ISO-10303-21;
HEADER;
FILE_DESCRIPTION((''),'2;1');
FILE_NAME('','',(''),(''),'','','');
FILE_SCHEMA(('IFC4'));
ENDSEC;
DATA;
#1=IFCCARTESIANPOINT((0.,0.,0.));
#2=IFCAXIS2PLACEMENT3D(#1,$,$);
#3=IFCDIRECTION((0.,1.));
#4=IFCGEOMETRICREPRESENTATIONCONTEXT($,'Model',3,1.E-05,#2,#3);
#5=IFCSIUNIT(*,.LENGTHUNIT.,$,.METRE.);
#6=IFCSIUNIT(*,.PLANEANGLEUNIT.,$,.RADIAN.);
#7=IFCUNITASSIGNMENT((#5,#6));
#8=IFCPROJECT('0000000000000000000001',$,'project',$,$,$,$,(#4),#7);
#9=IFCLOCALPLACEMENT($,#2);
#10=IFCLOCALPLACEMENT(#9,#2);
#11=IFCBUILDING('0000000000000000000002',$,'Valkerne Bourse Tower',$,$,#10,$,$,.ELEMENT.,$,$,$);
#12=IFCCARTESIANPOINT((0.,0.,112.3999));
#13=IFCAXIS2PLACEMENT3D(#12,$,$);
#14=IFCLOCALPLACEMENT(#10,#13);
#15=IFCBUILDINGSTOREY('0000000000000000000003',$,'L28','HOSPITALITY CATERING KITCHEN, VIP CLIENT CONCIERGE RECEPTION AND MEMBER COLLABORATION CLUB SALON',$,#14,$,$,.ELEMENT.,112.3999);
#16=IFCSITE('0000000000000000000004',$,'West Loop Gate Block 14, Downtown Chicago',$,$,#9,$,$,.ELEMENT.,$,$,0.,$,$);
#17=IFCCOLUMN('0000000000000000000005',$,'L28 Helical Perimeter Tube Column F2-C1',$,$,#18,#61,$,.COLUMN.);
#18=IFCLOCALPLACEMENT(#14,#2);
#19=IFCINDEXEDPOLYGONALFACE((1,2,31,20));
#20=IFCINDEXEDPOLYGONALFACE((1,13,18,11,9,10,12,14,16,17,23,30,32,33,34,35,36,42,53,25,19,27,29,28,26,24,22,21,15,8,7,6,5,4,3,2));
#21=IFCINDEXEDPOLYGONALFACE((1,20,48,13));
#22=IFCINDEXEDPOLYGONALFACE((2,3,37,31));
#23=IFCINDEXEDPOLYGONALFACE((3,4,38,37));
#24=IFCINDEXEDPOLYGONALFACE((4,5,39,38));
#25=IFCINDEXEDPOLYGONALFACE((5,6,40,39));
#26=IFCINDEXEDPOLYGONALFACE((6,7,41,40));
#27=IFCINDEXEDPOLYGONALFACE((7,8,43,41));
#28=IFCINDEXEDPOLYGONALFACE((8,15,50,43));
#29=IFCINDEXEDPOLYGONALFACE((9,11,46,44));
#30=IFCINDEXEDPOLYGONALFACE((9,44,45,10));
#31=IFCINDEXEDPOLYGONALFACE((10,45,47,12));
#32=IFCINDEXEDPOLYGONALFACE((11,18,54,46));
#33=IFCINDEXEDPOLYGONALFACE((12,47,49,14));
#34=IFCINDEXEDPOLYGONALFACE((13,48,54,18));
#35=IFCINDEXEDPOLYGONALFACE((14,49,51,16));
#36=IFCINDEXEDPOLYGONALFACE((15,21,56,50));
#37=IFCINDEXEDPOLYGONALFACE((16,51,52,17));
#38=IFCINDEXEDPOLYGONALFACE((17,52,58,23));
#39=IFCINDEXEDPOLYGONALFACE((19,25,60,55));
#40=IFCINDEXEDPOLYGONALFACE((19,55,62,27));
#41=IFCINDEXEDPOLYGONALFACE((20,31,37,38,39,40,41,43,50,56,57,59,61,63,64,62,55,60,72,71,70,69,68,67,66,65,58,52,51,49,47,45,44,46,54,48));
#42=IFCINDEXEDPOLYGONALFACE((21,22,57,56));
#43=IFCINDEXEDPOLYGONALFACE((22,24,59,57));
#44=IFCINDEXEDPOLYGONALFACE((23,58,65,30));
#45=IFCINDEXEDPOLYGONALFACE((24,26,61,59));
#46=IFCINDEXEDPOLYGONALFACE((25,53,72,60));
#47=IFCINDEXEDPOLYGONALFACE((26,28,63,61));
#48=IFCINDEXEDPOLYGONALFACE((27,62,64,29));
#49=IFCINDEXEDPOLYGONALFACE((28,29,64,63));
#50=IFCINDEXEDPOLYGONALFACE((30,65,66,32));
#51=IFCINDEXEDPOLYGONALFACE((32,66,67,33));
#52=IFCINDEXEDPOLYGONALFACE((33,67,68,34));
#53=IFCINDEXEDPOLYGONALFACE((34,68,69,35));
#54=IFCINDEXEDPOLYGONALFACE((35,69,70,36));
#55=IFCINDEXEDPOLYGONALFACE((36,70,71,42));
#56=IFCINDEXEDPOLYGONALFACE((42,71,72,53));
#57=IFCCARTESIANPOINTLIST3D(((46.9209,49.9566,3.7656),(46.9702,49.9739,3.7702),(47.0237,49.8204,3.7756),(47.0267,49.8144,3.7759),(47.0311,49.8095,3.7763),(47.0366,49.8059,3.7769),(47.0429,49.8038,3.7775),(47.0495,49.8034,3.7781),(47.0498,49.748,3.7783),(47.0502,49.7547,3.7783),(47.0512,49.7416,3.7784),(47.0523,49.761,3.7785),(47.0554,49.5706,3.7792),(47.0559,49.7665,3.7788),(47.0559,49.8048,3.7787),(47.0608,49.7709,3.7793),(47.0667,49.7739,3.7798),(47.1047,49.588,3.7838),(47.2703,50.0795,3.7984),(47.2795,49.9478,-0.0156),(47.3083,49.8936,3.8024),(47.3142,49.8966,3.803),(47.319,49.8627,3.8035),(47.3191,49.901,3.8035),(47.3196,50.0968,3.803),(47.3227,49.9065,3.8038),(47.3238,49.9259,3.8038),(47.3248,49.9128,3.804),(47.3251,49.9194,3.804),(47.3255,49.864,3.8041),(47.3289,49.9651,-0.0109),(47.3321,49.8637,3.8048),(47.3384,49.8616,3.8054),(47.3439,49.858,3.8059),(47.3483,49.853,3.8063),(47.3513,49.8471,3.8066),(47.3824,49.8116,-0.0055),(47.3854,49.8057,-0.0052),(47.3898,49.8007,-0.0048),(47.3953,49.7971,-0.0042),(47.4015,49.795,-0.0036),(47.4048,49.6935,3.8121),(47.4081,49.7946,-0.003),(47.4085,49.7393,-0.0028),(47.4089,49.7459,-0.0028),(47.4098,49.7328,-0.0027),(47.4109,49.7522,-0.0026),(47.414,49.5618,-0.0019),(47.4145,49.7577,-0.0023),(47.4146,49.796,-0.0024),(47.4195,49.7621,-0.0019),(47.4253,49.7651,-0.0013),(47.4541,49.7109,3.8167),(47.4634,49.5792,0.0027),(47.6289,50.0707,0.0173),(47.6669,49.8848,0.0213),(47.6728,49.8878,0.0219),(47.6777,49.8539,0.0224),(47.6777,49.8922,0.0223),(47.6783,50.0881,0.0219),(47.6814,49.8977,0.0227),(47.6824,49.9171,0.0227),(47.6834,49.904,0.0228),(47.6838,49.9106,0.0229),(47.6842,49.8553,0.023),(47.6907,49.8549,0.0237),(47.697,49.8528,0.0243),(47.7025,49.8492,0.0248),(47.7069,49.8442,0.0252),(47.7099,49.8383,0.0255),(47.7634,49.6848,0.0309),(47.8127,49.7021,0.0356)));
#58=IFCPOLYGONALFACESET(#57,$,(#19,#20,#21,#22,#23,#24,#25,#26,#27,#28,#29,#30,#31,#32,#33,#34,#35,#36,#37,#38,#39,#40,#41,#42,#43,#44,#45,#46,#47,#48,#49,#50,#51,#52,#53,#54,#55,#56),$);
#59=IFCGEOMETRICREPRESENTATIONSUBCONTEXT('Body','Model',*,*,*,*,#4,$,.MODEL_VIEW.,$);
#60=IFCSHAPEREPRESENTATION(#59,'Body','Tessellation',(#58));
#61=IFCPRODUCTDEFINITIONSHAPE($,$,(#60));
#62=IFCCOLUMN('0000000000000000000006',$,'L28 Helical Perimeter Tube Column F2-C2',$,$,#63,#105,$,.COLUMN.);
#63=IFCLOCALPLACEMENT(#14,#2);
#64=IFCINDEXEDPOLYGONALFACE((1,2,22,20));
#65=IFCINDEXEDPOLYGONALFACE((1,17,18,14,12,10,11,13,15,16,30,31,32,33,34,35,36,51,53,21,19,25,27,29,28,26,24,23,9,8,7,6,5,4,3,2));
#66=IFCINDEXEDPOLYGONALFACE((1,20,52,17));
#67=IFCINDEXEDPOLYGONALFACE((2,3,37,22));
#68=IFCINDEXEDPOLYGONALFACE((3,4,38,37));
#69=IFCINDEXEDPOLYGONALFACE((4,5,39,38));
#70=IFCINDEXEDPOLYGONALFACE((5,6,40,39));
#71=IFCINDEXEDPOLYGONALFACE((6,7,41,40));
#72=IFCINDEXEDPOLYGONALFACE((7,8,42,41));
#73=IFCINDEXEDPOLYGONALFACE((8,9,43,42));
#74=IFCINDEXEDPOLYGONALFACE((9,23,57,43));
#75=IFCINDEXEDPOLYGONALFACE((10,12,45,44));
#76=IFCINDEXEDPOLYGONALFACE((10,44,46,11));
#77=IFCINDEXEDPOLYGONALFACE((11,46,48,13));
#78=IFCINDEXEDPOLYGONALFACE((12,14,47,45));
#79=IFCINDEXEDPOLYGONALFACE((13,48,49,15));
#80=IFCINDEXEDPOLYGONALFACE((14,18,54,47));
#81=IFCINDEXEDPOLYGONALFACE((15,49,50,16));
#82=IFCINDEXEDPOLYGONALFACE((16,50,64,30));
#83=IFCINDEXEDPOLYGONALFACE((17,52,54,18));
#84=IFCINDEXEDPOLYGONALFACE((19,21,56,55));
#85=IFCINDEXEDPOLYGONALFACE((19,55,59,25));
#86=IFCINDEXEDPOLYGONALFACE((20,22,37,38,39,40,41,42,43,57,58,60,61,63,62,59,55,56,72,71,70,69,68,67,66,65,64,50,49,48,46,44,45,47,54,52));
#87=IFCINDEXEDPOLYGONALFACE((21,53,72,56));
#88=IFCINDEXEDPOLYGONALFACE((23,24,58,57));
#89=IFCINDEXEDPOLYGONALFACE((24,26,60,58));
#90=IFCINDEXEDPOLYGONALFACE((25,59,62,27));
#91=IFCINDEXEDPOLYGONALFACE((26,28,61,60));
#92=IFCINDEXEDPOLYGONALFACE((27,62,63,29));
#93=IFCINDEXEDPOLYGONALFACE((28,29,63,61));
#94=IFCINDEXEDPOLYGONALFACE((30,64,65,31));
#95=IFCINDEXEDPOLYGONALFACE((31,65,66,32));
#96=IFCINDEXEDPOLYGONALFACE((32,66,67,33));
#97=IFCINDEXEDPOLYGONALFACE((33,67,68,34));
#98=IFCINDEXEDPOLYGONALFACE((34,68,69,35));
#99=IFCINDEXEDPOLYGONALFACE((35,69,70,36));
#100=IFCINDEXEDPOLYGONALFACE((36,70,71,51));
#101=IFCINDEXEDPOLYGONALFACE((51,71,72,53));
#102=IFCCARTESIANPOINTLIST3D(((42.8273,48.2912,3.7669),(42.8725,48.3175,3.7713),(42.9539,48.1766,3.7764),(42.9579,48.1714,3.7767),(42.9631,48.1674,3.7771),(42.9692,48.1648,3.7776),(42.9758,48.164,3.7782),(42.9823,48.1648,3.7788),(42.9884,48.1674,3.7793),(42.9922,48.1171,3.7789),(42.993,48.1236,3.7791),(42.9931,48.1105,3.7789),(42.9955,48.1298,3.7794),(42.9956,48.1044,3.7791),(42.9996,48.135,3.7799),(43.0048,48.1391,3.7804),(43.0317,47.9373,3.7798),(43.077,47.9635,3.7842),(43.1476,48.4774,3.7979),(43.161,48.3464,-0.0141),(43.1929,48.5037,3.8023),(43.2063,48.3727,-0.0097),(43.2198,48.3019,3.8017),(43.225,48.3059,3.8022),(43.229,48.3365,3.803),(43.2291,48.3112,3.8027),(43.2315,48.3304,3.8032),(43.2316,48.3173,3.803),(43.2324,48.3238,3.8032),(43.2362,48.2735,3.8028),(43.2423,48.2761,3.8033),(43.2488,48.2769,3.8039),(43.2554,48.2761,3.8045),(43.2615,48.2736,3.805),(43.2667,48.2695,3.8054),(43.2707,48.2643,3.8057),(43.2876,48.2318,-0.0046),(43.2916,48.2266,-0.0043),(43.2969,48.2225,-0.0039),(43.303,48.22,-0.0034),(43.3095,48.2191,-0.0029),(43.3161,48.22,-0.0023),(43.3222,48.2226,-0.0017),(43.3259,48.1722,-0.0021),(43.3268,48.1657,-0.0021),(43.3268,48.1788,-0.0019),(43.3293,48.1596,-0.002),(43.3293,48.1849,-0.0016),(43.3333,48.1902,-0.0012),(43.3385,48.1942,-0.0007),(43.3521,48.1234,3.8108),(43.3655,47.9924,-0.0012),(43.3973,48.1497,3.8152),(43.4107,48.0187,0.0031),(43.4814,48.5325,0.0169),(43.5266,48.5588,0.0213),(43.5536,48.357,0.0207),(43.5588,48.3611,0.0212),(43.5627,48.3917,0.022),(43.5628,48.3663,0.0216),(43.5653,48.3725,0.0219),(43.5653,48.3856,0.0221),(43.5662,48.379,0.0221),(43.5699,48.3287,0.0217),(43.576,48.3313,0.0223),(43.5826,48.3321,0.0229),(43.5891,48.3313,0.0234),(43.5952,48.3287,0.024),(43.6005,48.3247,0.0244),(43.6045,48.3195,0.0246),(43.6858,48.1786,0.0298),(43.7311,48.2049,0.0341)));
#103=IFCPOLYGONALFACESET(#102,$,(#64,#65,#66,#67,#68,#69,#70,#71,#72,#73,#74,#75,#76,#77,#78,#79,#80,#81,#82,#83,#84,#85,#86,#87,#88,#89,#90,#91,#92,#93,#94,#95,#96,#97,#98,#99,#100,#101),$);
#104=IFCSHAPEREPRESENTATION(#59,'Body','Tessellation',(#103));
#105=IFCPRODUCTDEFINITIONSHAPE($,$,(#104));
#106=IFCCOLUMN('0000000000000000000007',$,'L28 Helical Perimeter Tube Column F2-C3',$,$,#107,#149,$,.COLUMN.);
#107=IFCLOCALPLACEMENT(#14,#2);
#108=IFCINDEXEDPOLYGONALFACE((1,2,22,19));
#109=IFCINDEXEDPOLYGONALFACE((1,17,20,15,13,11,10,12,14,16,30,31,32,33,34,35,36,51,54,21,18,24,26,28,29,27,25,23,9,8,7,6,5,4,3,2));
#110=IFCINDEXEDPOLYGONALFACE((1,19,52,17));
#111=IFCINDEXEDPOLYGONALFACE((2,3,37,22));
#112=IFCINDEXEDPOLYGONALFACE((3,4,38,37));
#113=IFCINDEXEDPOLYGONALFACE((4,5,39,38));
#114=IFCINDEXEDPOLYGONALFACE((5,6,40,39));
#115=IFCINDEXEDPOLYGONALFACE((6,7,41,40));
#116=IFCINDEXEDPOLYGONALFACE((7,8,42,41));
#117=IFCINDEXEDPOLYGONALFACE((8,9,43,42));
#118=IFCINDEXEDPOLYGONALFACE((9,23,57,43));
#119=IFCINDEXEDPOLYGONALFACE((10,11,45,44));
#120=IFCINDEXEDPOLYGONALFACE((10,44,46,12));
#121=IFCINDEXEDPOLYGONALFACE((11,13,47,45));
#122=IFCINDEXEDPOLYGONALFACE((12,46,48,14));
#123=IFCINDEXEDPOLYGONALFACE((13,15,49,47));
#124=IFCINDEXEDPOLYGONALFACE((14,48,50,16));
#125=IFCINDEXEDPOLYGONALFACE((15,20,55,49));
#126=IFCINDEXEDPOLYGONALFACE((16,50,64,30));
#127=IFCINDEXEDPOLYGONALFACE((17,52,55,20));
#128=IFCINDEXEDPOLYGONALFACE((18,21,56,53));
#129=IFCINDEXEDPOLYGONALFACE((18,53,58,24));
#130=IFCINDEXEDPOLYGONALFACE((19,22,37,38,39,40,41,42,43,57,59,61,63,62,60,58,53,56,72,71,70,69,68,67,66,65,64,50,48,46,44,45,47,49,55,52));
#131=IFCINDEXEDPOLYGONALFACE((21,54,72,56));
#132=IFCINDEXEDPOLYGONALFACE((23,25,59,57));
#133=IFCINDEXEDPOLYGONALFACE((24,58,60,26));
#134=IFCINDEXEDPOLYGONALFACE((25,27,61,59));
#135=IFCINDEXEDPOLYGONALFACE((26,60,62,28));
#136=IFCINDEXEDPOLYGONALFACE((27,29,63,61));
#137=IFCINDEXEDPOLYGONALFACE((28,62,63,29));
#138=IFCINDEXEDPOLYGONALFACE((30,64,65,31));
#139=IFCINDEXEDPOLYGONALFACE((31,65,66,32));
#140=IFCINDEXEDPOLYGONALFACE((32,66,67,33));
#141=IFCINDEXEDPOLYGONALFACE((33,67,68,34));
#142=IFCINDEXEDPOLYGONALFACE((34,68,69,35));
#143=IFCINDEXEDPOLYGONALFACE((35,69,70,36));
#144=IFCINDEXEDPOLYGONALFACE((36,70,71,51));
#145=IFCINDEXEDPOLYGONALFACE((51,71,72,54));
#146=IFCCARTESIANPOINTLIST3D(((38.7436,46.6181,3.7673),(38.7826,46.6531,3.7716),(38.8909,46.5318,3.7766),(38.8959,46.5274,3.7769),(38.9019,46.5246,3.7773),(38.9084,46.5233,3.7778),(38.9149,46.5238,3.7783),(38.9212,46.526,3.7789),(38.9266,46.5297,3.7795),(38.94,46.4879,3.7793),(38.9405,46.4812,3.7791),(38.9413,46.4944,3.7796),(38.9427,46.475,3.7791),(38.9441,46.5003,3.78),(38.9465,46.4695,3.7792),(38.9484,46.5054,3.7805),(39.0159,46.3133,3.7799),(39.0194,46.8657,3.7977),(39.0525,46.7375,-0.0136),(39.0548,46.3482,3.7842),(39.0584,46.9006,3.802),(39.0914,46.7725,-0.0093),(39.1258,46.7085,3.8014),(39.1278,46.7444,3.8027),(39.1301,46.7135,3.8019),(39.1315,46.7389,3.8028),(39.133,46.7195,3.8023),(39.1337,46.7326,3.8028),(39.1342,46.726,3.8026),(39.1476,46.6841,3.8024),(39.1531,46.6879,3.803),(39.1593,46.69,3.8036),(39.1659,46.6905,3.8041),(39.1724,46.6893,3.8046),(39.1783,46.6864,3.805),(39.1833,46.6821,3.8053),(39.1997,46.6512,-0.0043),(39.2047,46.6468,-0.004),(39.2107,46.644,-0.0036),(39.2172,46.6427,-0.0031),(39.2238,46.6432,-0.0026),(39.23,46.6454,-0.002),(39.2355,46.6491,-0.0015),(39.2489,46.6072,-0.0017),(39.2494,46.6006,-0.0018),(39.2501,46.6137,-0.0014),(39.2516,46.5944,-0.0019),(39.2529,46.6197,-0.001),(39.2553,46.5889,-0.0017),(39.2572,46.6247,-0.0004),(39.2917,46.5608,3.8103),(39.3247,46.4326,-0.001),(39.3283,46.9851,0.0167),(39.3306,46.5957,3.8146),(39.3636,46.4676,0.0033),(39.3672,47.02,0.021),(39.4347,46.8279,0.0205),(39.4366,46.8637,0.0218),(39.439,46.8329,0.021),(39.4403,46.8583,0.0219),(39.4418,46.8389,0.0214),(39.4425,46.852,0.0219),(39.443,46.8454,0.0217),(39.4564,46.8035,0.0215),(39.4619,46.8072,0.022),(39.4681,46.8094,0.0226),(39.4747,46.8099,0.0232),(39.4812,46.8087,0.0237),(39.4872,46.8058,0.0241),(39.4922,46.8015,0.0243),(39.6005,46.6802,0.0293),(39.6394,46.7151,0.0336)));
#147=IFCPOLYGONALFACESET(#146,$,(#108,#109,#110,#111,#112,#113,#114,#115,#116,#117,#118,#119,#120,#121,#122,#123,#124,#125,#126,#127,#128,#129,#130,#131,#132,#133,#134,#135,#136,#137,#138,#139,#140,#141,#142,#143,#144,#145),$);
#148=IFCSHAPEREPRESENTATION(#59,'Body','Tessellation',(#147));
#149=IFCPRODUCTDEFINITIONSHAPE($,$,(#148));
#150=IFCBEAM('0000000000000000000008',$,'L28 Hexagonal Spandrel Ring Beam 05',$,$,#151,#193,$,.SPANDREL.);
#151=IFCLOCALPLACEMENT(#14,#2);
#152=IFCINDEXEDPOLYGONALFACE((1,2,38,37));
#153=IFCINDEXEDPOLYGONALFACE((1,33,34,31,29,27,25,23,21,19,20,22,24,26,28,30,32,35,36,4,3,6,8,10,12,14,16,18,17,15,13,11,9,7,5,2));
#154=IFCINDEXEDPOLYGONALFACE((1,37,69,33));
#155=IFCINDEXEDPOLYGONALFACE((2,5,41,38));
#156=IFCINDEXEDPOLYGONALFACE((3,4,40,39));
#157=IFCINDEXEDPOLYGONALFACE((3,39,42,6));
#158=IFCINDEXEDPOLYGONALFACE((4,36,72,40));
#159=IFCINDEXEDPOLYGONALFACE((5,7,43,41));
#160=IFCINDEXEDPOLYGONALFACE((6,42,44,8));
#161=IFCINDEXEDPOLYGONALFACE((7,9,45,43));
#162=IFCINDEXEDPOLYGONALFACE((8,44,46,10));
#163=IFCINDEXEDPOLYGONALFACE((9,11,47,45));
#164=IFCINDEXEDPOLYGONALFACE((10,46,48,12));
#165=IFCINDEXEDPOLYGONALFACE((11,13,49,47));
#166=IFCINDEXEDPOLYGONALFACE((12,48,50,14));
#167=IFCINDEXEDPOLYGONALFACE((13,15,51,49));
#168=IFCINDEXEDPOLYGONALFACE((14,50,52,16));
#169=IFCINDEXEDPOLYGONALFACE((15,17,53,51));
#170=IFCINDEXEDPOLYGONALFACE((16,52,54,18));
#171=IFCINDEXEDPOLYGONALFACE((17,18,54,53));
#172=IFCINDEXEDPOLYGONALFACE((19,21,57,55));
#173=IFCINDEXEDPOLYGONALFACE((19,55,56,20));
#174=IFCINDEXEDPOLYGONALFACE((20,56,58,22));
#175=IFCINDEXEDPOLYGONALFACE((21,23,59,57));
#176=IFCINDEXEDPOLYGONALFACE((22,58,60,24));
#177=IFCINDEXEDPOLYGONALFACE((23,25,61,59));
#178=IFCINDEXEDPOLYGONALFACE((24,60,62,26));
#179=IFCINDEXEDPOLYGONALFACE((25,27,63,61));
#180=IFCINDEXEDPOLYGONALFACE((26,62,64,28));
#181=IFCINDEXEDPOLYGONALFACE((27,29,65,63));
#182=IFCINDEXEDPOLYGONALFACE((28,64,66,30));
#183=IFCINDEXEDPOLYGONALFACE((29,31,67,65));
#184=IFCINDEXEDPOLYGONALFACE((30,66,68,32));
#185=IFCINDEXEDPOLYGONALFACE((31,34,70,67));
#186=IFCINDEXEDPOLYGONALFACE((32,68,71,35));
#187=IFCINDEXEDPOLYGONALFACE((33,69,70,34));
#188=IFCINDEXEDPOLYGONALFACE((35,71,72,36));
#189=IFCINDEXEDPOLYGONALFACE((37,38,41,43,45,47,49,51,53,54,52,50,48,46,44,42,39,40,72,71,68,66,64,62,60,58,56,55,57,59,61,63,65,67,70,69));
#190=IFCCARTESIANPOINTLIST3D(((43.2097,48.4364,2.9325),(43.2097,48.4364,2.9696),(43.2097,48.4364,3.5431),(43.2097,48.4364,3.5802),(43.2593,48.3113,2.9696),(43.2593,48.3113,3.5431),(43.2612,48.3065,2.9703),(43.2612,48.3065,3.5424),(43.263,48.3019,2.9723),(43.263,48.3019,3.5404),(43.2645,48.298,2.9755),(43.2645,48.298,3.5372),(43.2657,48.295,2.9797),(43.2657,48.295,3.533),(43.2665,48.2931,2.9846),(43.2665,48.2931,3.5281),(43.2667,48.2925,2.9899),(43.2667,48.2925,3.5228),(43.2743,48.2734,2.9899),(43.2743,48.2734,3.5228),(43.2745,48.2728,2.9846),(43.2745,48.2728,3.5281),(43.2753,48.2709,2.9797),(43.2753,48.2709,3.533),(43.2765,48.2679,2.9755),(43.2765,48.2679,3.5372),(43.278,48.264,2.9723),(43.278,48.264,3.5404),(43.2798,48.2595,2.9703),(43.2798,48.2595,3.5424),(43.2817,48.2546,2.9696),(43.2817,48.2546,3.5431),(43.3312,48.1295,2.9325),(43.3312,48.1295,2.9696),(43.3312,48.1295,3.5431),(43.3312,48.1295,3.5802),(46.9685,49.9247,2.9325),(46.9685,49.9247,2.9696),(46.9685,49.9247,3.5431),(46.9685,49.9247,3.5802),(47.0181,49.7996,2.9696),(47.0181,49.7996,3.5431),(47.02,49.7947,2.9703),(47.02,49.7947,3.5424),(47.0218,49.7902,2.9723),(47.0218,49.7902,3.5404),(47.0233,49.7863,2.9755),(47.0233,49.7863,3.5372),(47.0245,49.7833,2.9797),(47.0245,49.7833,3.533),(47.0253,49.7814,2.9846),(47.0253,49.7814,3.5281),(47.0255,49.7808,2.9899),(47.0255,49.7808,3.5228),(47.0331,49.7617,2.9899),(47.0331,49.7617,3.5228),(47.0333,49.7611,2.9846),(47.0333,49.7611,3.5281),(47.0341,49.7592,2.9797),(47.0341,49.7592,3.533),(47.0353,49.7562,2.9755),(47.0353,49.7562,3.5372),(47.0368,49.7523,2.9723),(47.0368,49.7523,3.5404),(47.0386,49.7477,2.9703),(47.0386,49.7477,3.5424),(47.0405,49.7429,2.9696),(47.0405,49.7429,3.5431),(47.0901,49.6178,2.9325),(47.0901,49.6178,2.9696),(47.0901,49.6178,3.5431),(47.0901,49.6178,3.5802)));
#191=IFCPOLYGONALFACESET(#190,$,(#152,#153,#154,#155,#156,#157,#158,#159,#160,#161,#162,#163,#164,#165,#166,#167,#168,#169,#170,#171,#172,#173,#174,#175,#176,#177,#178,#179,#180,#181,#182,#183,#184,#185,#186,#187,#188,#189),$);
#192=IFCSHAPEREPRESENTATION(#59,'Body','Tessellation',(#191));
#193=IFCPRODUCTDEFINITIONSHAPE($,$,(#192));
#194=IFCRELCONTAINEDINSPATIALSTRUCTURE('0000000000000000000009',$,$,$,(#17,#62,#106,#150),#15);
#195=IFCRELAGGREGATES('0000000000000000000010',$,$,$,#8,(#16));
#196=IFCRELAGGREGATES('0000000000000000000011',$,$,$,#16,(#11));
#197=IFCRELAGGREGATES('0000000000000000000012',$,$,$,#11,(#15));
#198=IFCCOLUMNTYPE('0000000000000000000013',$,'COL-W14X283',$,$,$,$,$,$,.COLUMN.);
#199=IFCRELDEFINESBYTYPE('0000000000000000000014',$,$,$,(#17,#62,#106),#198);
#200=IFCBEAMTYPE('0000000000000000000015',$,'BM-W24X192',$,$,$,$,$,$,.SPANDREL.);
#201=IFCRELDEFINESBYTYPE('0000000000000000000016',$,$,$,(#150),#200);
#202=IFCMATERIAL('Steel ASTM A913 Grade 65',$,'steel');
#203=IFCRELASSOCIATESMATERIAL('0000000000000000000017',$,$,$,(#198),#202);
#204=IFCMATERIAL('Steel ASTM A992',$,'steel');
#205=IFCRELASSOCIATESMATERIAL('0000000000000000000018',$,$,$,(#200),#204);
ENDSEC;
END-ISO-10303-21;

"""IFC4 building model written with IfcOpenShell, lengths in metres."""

from ifc_helpers import new_model, si_unit, direction, frame, origin, origin_2d, place, context, subcontext, project, spatial, i_section, extrude, material, material_profile, profile_set, type_object, element, save


model = new_model("IFC4")

# Units and contexts
model_context = context("Model", 3, precision=1e-05, world=origin(), true_north=direction((0.0, 1.0)))
body_context = subcontext(model_context, "Body", "Model", "MODEL_VIEW")
ifc_project = project(units=[si_unit("LENGTHUNIT", "METRE"), si_unit("PLANEANGLEUNIT", "RADIAN")], contexts=[model_context])

# Site, building, storey
site_placement = place(None, origin())
site = spatial("IfcSite", under=ifc_project, at=site_placement, Name="West Loop Gate Block 14, Downtown Chicago", CompositionType="ELEMENT", RefElevation=0.0)
building_placement = place(site_placement, origin())
building = spatial("IfcBuilding", under=site, at=building_placement, Name="Valkerne Bourse Tower", CompositionType="ELEMENT")
storey_placement = place(building_placement, frame((0.0, 0.0, 112.3999)))
storey = spatial("IfcBuildingStorey", under=building, at=storey_placement, Name="L28", Description="HOSPITALITY CATERING KITCHEN, VIP CLIENT CONCIERGE RECEPTION AND MEMBER COLLABORATION CLUB SALON", CompositionType="ELEMENT", Elevation=112.3999)

# Columns
ifc_material_1 = material(Name="Steel ASTM A913 Grade 65", Category="steel")
ifc_material_profile_1 = material_profile(ifc_material_1, i_section(OverallWidth=0.4089, OverallDepth=0.4243, WebThickness=0.0327, FlangeThickness=0.0525, FilletRadius=0.0254, at=origin_2d()), Name="W14X283")
ifc_profile_set_1 = profile_set([ifc_material_profile_1], Name="Steel ASTM A913 Grade 65")
column_type = type_object("IfcColumnType", Name="COL-W14X283", PredefinedType="COLUMN", material=ifc_profile_set_1)
column_1_placement = place(storey_placement, frame((47.5461, 49.825, 0.01), z_axis=(-0.09443, 0.002314, 0.995529), x_axis=(-0.328871, 0.943784, -0.033389)))
element("IfcColumn", 1, at=column_1_placement, inside=storey, type_object=column_type, Name="L28 Helical Perimeter Tube Column F2-C1", PredefinedType="COLUMN", context=body_context, shape_type="SweptSolid", body=[
    extrude(i_section(OverallWidth=0.4089, OverallDepth=0.4243, WebThickness=0.0327, FlangeThickness=0.0525, FilletRadius=0.0254, at=origin_2d()), origin(), (0.0, 0.0, 1.0), 3.7981),
])
column_2_placement = place(storey_placement, frame((43.446, 48.2756, 0.01), z_axis=(-0.087916, -0.014535, 0.996022), x_axis=(-0.499935, 0.86549, -0.031498)))
element("IfcColumn", 2, at=column_2_placement, inside=storey, type_object=column_type, Name="L28 Helical Perimeter Tube Column F2-C2", PredefinedType="COLUMN", context=body_context, shape_type="SweptSolid", body=[
    extrude(i_section(OverallWidth=0.4089, OverallDepth=0.4243, WebThickness=0.0327, FlangeThickness=0.0525, FilletRadius=0.0254, at=origin_2d()), origin(), (0.0, 0.0, 1.0), 3.7961),
])
column_3_placement = place(storey_placement, frame((39.3459, 46.7263, 0.01), z_axis=(-0.08137, -0.031454, 0.996188), x_axis=(-0.665725, 0.74556, -0.030836)))
element("IfcColumn", 3, at=column_3_placement, inside=storey, type_object=column_type, Name="L28 Helical Perimeter Tube Column F2-C3", PredefinedType="COLUMN", context=body_context, shape_type="SweptSolid", body=[
    extrude(i_section(OverallWidth=0.4089, OverallDepth=0.4243, WebThickness=0.0327, FlangeThickness=0.0525, FilletRadius=0.0254, at=origin_2d()), origin(), (0.0, 0.0, 1.0), 3.7954),
])

# Beam
ifc_material_2 = material(Name="Steel ASTM A992", Category="steel")
ifc_material_profile_2 = material_profile(ifc_material_2, i_section(OverallWidth=0.3301, OverallDepth=0.6477, WebThickness=0.0205, FlangeThickness=0.0371, FilletRadius=0.0203, at=origin_2d()), Name="W24X192")
ifc_profile_set_2 = profile_set([ifc_material_profile_2], Name="Steel ASTM A992")
beam_type_1 = type_object("IfcBeamType", Name="BM-W24X192", PredefinedType="SPANDREL", material=ifc_profile_set_2)
for number, where, z_axis, x_axis, name in (
    (4, (47.0293, 49.7712, 3.2563), (-0.92977, -0.36814, 0.0), (0.36814, -0.92977, 0.0), "L28 Hexagonal Spandrel Ring Beam 05"),
):
    element("IfcBeam", number, at=place(storey_placement, frame(where, z_axis=z_axis, x_axis=x_axis)), inside=storey, type_object=beam_type_1, Name=name, PredefinedType="SPANDREL", context=body_context, shape_type="SweptSolid", body=[
        extrude(i_section(OverallWidth=0.3301, OverallDepth=0.6477, WebThickness=0.0205, FlangeThickness=0.0371, FilletRadius=0.0203, at=origin_2d()), origin(), (0.0, 0.0, 1.0), 4.0427),
    ])

save(model, "model.ifc")
